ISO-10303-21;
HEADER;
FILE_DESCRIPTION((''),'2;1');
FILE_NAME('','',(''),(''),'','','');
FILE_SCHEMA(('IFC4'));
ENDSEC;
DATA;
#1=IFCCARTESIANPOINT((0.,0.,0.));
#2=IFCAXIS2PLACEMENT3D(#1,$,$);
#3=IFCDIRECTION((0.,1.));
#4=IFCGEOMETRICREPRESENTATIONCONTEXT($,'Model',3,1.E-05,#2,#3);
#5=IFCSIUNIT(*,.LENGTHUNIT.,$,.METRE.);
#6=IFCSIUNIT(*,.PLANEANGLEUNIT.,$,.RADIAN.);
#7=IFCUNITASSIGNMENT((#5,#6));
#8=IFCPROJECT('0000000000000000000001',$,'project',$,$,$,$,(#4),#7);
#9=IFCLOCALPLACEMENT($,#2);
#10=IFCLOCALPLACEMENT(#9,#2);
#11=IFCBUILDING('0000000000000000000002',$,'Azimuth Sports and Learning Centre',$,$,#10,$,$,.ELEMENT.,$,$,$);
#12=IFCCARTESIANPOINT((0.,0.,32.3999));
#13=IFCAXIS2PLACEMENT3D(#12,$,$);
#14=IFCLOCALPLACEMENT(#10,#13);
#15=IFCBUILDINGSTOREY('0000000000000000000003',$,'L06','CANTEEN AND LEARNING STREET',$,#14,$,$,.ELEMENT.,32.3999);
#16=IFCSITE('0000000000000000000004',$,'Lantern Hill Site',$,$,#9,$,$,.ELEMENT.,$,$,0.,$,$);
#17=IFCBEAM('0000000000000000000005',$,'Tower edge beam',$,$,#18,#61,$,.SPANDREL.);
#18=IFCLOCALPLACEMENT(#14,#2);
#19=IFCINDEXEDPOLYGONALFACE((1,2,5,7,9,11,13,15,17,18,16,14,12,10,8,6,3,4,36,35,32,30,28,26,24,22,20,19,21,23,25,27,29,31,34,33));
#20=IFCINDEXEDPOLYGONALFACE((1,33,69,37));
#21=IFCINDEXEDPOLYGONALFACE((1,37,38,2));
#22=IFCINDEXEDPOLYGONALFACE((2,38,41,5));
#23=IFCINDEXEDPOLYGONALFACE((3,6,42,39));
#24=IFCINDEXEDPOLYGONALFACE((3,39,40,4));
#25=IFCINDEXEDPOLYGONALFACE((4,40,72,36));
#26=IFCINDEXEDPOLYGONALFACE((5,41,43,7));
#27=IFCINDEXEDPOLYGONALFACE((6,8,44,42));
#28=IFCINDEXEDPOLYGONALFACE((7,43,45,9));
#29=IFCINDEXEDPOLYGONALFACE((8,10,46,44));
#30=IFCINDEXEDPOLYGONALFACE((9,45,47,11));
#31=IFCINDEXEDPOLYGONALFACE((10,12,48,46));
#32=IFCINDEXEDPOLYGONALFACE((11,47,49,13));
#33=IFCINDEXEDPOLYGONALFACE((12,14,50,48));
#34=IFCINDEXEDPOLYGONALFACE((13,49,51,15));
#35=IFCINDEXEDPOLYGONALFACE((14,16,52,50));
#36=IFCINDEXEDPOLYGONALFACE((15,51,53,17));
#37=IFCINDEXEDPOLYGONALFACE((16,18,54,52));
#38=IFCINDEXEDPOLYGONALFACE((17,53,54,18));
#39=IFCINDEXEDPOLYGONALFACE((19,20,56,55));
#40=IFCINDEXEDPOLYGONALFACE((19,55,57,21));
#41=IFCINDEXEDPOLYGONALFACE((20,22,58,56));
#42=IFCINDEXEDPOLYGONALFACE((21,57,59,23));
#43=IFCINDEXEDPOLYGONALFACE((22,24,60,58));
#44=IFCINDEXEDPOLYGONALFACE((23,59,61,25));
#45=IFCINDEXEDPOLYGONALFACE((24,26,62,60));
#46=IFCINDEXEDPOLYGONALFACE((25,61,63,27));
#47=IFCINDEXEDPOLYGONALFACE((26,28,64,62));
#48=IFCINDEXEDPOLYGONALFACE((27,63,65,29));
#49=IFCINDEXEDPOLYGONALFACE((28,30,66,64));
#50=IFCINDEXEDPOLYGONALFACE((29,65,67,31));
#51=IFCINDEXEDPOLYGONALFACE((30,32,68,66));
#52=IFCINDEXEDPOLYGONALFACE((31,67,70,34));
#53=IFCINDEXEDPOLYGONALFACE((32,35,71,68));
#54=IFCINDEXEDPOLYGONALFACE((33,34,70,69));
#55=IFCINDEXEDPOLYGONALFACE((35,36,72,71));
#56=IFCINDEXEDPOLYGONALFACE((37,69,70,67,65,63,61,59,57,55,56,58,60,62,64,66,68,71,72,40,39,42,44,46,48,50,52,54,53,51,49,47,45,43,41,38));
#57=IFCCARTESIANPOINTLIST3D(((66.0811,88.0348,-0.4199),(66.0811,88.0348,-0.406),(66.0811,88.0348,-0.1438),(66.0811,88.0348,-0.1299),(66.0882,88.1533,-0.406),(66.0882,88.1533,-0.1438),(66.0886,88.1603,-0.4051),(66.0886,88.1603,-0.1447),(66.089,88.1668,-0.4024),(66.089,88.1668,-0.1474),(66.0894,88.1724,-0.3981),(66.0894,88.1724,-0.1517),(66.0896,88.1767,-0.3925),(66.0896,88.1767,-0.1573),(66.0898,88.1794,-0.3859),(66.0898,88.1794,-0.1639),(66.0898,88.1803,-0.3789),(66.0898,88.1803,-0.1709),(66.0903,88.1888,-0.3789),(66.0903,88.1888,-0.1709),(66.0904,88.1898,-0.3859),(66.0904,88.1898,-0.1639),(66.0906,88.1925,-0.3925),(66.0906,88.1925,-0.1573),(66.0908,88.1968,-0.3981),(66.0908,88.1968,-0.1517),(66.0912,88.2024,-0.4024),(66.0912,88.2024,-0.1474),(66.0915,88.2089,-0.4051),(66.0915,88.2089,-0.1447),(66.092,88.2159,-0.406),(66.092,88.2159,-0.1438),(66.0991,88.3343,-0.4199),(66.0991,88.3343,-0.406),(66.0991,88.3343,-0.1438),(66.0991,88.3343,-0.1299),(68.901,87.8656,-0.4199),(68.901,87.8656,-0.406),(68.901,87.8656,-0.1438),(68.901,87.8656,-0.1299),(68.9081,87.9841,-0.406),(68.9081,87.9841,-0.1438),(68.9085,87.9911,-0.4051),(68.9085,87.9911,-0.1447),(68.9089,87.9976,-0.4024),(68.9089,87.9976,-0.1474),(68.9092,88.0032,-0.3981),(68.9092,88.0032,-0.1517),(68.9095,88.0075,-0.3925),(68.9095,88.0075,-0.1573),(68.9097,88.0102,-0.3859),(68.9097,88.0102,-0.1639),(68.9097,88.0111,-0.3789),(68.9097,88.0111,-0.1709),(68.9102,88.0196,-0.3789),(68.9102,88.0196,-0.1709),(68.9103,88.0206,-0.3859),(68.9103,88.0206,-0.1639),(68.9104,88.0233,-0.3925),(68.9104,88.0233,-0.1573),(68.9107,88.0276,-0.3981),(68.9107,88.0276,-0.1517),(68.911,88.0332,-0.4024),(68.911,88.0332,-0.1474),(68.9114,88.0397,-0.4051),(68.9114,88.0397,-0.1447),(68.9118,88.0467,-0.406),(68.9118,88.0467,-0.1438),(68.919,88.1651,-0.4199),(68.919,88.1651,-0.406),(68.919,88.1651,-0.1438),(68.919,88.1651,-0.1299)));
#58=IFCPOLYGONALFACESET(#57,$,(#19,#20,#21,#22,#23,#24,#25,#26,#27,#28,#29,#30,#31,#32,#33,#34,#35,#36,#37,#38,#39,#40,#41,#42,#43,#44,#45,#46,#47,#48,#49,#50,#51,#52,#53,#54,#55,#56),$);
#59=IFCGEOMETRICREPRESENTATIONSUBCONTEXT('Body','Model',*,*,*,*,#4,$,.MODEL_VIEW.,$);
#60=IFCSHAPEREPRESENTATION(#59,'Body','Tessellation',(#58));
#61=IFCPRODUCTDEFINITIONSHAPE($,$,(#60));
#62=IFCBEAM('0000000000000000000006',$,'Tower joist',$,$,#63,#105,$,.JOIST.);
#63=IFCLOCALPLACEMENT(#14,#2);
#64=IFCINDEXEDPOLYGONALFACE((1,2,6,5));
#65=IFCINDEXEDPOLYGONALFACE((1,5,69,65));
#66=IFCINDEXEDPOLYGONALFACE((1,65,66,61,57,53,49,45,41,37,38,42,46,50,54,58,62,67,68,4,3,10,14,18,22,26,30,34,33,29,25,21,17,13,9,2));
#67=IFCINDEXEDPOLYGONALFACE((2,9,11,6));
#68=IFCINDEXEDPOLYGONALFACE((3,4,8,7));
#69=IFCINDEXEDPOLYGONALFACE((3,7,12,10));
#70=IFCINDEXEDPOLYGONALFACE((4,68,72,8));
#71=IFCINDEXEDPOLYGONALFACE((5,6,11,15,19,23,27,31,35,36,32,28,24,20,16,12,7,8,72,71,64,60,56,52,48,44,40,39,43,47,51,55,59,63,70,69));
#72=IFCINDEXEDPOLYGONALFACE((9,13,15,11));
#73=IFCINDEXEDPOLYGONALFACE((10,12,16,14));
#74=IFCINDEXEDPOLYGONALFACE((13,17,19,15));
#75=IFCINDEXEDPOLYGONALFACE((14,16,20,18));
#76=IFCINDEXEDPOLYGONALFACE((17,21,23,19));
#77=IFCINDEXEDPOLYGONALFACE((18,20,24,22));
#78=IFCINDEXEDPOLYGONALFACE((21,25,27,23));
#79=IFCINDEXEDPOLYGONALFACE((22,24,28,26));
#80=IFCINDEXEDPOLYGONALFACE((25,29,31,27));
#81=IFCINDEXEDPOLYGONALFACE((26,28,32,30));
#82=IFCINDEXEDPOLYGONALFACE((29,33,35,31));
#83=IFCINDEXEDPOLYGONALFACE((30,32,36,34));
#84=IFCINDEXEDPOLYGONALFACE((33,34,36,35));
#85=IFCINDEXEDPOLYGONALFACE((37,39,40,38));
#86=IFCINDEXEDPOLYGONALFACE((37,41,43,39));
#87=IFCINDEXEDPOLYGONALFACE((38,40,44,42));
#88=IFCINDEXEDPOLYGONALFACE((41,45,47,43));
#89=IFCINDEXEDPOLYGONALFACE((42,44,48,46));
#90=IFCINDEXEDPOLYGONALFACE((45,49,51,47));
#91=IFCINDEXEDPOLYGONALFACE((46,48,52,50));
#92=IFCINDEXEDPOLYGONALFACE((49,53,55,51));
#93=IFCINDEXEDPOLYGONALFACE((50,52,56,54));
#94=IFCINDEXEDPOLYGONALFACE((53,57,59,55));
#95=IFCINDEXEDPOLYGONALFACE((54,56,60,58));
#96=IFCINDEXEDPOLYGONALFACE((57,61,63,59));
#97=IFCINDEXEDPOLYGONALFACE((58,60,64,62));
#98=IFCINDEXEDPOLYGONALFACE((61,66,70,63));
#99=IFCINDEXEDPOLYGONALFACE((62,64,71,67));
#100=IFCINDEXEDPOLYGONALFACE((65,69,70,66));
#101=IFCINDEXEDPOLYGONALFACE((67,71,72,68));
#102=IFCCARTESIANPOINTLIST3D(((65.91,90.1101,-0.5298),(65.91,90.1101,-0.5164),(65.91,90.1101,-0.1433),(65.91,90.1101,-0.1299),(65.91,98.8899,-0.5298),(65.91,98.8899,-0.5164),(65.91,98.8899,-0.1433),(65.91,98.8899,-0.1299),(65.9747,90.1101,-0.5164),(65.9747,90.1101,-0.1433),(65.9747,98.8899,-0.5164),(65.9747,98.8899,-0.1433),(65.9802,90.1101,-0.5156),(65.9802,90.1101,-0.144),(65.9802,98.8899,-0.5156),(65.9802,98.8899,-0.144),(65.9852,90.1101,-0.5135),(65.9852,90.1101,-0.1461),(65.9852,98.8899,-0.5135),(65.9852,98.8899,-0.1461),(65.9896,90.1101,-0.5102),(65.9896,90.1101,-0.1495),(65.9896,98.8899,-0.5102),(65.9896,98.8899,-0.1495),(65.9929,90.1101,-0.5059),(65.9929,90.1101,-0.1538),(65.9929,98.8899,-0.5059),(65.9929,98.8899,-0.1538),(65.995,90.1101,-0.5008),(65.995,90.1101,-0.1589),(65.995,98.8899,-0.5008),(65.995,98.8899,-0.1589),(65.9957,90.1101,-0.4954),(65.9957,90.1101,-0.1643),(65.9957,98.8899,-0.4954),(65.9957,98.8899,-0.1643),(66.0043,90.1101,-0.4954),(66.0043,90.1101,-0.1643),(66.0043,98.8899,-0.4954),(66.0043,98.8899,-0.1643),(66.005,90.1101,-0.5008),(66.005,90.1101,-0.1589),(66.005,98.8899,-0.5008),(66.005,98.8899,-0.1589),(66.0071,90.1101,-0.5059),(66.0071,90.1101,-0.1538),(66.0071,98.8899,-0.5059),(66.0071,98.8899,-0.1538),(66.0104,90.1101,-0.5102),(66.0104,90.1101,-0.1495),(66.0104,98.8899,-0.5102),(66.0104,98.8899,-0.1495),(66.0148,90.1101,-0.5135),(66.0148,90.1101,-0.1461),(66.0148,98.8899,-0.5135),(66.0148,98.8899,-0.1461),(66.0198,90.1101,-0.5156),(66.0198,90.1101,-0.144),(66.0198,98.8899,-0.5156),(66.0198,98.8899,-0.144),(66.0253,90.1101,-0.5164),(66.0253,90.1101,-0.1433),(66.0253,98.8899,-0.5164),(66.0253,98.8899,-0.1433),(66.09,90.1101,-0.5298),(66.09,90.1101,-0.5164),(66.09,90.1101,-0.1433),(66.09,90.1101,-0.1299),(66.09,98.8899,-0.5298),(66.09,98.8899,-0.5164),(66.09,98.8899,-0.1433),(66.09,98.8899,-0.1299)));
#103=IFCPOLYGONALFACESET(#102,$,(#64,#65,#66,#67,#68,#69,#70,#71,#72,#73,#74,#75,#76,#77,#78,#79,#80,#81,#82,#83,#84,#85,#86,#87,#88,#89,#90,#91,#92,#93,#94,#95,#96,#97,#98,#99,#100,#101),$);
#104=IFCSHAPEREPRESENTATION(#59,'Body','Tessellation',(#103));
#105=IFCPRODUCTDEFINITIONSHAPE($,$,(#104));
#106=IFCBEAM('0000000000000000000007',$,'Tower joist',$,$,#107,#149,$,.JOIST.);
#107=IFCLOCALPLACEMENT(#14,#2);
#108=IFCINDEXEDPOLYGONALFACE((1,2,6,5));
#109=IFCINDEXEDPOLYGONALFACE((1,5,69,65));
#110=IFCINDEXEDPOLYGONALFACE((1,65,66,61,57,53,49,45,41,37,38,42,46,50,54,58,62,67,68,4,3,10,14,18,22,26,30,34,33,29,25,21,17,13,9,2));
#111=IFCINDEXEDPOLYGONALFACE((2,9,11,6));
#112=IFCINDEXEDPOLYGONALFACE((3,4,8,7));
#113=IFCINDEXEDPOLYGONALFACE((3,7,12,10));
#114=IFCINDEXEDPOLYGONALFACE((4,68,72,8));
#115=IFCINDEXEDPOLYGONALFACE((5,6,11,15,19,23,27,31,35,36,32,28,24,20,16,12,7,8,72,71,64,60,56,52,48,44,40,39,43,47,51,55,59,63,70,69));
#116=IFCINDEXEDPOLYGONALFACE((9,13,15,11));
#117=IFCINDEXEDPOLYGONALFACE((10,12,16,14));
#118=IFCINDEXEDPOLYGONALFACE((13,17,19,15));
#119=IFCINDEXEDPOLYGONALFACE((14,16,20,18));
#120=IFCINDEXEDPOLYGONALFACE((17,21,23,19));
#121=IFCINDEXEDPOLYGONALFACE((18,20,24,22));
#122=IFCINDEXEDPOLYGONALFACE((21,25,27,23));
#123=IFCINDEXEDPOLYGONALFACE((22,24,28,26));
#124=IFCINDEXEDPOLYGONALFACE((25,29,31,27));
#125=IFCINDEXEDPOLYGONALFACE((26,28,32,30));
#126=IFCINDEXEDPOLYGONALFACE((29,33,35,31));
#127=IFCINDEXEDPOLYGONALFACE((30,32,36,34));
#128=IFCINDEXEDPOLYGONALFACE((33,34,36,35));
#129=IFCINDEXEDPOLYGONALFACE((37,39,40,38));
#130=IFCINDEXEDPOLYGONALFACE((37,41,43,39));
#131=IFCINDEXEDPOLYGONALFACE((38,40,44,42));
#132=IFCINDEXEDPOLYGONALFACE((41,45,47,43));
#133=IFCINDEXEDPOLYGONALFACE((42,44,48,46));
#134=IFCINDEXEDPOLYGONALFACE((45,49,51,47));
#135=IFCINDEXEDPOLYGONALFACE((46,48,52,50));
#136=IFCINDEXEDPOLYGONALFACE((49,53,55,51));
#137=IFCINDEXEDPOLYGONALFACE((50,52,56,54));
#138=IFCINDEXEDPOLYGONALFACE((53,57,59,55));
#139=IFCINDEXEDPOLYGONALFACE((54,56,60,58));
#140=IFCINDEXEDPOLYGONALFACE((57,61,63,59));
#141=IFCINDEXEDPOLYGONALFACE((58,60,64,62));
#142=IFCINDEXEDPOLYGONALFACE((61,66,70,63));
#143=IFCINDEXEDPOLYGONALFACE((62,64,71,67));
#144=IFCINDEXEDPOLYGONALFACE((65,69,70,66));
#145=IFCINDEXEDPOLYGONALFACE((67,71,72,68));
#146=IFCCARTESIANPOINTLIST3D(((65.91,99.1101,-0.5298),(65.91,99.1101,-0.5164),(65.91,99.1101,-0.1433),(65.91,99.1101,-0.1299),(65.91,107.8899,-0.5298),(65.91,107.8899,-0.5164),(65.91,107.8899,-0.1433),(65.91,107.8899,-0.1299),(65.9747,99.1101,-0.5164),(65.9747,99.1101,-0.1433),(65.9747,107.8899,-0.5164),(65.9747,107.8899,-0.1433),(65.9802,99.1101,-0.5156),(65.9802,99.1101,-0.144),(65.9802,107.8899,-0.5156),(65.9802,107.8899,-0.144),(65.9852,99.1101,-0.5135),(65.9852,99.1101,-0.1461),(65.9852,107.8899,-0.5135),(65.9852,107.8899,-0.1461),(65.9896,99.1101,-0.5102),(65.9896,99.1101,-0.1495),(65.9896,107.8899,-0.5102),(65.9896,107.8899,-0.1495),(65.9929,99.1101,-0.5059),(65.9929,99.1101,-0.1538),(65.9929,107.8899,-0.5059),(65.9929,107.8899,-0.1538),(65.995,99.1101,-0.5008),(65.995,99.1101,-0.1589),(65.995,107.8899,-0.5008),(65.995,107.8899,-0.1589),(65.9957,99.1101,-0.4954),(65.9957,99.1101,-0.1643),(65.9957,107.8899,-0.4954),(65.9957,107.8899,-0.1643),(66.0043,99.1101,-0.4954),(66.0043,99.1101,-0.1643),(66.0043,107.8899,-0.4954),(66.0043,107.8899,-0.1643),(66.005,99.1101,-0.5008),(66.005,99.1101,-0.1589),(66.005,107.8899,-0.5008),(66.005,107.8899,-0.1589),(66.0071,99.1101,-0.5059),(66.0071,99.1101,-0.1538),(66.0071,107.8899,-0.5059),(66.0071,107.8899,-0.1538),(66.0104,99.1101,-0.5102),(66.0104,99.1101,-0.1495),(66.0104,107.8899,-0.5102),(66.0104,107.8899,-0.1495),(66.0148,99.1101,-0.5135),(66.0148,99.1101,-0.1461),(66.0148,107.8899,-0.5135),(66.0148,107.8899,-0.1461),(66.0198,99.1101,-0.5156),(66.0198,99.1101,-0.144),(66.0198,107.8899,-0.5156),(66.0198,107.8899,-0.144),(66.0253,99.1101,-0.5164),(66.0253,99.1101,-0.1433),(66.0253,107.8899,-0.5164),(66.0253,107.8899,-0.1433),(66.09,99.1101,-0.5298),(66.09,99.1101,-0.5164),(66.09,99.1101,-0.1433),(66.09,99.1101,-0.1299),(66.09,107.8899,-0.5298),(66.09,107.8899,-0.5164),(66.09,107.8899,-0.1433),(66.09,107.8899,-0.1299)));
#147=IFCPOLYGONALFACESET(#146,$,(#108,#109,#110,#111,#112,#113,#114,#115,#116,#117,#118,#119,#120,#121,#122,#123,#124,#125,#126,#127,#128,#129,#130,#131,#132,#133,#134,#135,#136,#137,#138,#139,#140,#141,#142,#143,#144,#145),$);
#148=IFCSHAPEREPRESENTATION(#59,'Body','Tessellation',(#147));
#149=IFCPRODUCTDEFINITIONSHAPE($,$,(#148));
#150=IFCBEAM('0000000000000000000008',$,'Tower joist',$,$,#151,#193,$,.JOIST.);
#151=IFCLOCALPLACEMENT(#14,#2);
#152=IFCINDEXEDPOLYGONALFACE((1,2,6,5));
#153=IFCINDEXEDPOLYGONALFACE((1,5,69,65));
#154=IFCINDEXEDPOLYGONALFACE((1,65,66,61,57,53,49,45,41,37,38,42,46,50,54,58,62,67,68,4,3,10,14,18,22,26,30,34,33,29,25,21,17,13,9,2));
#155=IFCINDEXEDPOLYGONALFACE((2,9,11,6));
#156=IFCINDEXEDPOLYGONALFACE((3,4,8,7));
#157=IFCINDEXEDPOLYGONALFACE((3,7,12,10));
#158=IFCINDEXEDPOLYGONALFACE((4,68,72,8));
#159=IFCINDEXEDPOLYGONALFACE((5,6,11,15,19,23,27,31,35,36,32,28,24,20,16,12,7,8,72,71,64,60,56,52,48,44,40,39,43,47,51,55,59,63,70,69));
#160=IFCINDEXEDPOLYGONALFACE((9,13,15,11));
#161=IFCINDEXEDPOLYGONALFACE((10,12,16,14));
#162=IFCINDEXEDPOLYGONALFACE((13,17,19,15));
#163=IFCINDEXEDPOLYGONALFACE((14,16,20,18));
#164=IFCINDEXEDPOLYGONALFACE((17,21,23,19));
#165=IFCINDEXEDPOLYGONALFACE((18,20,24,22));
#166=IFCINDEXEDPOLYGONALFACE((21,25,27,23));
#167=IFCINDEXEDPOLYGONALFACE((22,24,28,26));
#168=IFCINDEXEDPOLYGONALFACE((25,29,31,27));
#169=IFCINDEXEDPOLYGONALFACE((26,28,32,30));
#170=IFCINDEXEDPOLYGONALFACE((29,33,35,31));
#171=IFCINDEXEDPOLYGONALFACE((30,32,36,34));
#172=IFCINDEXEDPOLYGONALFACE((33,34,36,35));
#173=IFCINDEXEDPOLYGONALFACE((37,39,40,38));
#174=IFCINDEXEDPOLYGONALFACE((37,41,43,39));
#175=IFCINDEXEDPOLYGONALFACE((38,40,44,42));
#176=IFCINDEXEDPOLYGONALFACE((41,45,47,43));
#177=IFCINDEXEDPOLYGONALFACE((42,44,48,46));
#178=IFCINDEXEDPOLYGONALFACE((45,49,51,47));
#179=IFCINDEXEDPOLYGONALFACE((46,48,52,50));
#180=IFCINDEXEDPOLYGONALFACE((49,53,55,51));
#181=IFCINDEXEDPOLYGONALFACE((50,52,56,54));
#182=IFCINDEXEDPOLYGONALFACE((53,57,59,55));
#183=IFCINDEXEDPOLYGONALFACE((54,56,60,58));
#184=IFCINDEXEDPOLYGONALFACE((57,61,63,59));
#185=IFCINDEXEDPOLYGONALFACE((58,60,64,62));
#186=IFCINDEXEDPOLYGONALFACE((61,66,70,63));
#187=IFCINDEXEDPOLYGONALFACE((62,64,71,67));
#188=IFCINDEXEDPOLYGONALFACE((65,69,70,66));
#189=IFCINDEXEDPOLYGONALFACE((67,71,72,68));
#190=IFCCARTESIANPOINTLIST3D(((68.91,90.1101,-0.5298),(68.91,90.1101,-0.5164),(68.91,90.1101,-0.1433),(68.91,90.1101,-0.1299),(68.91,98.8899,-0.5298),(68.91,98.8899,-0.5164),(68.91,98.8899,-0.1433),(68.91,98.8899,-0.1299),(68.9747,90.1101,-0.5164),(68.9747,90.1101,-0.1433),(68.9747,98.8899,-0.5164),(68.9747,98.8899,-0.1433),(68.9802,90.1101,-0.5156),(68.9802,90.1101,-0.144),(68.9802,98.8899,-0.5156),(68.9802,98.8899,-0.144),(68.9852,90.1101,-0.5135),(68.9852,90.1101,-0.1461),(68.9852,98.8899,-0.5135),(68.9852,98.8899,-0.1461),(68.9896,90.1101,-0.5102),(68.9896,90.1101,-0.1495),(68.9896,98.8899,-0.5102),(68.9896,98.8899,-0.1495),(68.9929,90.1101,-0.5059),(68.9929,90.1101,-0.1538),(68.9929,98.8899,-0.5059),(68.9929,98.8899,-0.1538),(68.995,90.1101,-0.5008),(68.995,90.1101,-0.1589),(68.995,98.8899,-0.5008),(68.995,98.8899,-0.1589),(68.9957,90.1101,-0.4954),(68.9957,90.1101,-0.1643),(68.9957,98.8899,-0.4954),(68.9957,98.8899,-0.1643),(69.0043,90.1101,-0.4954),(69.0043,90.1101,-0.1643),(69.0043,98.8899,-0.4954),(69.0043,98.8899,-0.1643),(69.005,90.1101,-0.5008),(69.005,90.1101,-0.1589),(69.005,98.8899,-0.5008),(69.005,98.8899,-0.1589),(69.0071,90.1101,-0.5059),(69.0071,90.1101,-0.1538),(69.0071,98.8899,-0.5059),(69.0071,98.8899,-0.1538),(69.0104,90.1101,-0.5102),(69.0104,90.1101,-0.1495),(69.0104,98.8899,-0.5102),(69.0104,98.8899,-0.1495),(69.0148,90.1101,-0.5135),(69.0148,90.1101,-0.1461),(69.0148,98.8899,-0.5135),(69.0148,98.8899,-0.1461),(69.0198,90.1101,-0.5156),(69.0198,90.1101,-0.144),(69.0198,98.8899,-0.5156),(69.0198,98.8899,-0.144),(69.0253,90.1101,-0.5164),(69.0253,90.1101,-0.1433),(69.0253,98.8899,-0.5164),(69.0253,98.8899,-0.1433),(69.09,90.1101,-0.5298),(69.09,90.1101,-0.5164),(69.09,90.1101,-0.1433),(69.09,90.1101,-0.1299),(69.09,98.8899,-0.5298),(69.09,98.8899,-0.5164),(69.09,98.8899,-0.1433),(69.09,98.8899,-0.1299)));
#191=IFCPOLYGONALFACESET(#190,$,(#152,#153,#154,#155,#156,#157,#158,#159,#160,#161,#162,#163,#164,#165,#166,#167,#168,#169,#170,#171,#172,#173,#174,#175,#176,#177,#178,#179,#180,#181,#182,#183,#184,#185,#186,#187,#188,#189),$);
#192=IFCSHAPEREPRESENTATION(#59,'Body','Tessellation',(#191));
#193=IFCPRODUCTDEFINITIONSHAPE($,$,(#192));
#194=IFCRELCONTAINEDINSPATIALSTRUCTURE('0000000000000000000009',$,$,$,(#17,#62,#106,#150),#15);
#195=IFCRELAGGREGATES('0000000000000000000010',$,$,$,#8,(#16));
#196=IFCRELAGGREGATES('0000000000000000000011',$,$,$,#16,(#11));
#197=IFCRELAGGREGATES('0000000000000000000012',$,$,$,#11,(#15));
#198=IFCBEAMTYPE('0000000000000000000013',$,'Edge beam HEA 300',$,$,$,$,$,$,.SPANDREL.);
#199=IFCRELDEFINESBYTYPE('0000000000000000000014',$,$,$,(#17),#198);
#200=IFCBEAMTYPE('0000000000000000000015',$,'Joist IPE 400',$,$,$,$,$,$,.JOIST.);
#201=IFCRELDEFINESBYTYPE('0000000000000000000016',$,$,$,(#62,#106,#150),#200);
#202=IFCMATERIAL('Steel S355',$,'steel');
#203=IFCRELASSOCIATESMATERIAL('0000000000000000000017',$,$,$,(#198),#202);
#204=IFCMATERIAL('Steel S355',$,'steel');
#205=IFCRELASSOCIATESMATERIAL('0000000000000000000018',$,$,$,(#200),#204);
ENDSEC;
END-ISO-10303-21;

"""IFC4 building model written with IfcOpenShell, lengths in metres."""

from ifc_helpers import new_model, si_unit, direction, frame, origin, origin_2d, place, context, subcontext, project, spatial, i_section, extrude, material, material_profile, profile_set, type_object, element, save


model = new_model("IFC4")

# Units and contexts
model_context = context("Model", 3, precision=1e-05, world=origin(), true_north=direction((0.0, 1.0)))
body_context = subcontext(model_context, "Body", "Model", "MODEL_VIEW")
ifc_project = project(units=[si_unit("LENGTHUNIT", "METRE"), si_unit("PLANEANGLEUNIT", "RADIAN")], contexts=[model_context])

# Site, building, storey
site_placement = place(None, origin())
site = spatial("IfcSite", under=ifc_project, at=site_placement, Name="Lantern Hill Site", CompositionType="ELEMENT", RefElevation=0.0)
building_placement = place(site_placement, origin())
building = spatial("IfcBuilding", under=site, at=building_placement, Name="Azimuth Sports and Learning Centre", CompositionType="ELEMENT")
storey_placement = place(building_placement, frame((0.0, 0.0, 32.3999)))
storey = spatial("IfcBuildingStorey", under=building, at=storey_placement, Name="L06", Description="CANTEEN AND LEARNING STREET", CompositionType="ELEMENT", Elevation=32.3999)

# Beams
ifc_material_1 = material(Name="Steel S355", Category="steel")
ifc_material_profile_1 = material_profile(ifc_material_1, i_section(OverallWidth=0.3, OverallDepth=0.29, WebThickness=0.0085, FlangeThickness=0.0139, FilletRadius=0.0271, at=origin_2d()), Name="HEA 300")
ifc_profile_set_1 = profile_set([ifc_material_profile_1], Name="Steel S355")
beam_type_1 = type_object("IfcBeamType", Name="Edge beam HEA 300", PredefinedType="SPANDREL", material=ifc_profile_set_1)
beam_1_placement = place(storey_placement, frame((66.0901, 88.1846, -0.2749), z_axis=(0.998205, -0.059892, 0.0), x_axis=(0.059892, 0.998205, 0.0)))
element("IfcBeam", 1, at=beam_1_placement, inside=storey, type_object=beam_type_1, Name="Tower edge beam", PredefinedType="SPANDREL", context=body_context, shape_type="SweptSolid", body=[
    extrude(i_section(OverallWidth=0.3, OverallDepth=0.29, WebThickness=0.0085, FlangeThickness=0.0139, FilletRadius=0.0271, at=origin_2d()), origin(), (0.0, 0.0, 1.0), 2.825),
])
ifc_material_2 = material(Name="Steel S355", Category="steel")
ifc_material_profile_2 = material_profile(ifc_material_2, i_section(OverallWidth=0.1799, OverallDepth=0.3999, WebThickness=0.0085, FlangeThickness=0.0134, FilletRadius=0.021, at=origin_2d()), Name="IPE 400")
ifc_profile_set_2 = profile_set([ifc_material_profile_2], Name="Steel S355")
beam_type_2 = type_object("IfcBeamType", Name="Joist IPE 400", PredefinedType="JOIST", material=ifc_profile_set_2)
for number, where, z_axis, x_axis, name in (
    (2, (66.0, 90.1101, -0.3298), (0.0, 1.0, 0.0), (-1.0, 0.0, 0.0), "Tower joist"),
    (3, (66.0, 99.1101, -0.3298), (0.0, 1.0, 0.0), (-1.0, 0.0, 0.0), "Tower joist"),
    (4, (69.0, 90.1101, -0.3298), (0.0, 1.0, 0.0), (-1.0, 0.0, 0.0), "Tower joist"),
):
    element("IfcBeam", number, at=place(storey_placement, frame(where, z_axis=z_axis, x_axis=x_axis)), inside=storey, type_object=beam_type_2, Name=name, PredefinedType="JOIST", context=body_context, shape_type="SweptSolid", body=[
        extrude(i_section(OverallWidth=0.1799, OverallDepth=0.3999, WebThickness=0.0085, FlangeThickness=0.0134, FilletRadius=0.021, at=origin_2d()), origin(), (0.0, 0.0, 1.0), 8.7798),
    ])

save(model, "model.ifc")
